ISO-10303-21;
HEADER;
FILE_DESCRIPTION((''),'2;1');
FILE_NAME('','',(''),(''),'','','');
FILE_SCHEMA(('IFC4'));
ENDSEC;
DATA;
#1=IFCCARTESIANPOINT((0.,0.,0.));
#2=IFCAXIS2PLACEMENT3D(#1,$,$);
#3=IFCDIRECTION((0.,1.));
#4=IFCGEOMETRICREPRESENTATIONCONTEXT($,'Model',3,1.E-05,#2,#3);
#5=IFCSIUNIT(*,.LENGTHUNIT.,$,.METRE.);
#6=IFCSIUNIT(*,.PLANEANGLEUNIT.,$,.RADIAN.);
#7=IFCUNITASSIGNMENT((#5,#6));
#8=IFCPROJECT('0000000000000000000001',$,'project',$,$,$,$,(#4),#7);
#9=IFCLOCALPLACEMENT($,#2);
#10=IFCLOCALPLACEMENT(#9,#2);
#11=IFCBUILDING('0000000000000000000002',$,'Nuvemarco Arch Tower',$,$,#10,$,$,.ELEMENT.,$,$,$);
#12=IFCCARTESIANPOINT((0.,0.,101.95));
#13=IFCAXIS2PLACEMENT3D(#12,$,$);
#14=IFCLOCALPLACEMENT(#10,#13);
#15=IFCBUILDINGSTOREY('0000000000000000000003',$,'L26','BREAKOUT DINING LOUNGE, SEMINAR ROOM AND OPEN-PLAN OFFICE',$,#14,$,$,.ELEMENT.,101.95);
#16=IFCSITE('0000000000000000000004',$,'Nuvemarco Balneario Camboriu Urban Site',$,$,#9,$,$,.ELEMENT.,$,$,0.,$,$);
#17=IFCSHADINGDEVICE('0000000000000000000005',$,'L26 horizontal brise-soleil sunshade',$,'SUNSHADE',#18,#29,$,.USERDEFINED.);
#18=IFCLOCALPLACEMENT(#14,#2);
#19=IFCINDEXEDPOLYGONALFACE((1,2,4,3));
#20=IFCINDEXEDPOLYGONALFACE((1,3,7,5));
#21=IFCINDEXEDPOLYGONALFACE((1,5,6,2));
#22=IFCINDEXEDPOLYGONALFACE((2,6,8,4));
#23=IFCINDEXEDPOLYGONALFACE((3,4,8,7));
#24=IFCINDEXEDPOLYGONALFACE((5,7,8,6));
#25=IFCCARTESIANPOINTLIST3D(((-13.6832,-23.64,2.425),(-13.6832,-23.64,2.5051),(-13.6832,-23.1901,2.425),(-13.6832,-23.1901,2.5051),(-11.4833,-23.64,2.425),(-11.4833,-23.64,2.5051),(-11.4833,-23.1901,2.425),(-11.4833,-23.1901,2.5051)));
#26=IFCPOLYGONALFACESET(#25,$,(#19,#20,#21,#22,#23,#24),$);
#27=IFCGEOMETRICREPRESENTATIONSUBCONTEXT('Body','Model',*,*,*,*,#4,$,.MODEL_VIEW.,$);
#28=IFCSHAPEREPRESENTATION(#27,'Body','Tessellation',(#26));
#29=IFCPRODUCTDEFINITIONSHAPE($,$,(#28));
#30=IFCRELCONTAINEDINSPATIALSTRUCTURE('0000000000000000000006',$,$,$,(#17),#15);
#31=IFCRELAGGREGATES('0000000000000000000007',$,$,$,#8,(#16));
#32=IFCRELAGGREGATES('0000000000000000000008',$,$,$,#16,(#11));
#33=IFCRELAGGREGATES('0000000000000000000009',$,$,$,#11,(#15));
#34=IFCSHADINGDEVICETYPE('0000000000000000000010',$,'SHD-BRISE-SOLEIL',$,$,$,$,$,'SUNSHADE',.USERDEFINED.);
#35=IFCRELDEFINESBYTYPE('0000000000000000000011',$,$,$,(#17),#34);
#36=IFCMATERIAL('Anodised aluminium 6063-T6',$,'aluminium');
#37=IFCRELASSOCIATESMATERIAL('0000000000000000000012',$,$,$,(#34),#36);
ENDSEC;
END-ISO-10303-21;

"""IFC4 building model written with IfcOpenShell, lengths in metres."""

from ifc_helpers import new_model, si_unit, direction, frame, origin, origin_2d, place, context, subcontext, project, spatial, rectangle, extrude, source, transform, mapped, material, type_object, type_shapes, element, save


model = new_model("IFC4")

# Units and contexts
model_context = context("Model", 3, precision=1e-05, world=origin(), true_north=direction((0.0, 1.0)))
body_context = subcontext(model_context, "Body", "Model", "MODEL_VIEW")
ifc_project = project(units=[si_unit("LENGTHUNIT", "METRE"), si_unit("PLANEANGLEUNIT", "RADIAN")], contexts=[model_context])

# Site, building, storey
site_placement = place(None, origin())
site = spatial("IfcSite", under=ifc_project, at=site_placement, Name="Nuvemarco Balneario Camboriu Urban Site", CompositionType="ELEMENT", RefElevation=0.0)
building_placement = place(site_placement, origin())
building = spatial("IfcBuilding", under=site, at=building_placement, Name="Nuvemarco Arch Tower", CompositionType="ELEMENT")
storey_placement = place(building_placement, frame((0.0, 0.0, 101.95)))
storey = spatial("IfcBuildingStorey", under=building, at=storey_placement, Name="L26", Description="BREAKOUT DINING LOUNGE, SEMINAR ROOM AND OPEN-PLAN OFFICE", CompositionType="ELEMENT", Elevation=101.95)

# Shading device
ifc_material_1 = material(Name="Anodised aluminium 6063-T6", Category="aluminium")
shading_device_type = type_object("IfcShadingDeviceType", Name="SHD-BRISE-SOLEIL", ElementType="SUNSHADE", PredefinedType="USERDEFINED", material=ifc_material_1)
shared_shape_1 = source(origin(), body_context, "Body", "SweptSolid", [
    extrude(rectangle(XDim=2.2, YDim=0.45, at=origin_2d()), origin(), (0.0, 0.0, 1.0), 0.0801),
])
type_shapes(shading_device_type, [shared_shape_1])
shading_device_placement = place(storey_placement, frame((-12.5833, -23.415, 2.425), z_axis=(0.0, 0.0, 1.0), x_axis=(1.0, 0.0, 0.0)))
element("IfcShadingDevice", 1, at=shading_device_placement, inside=storey, type_object=shading_device_type, Name="L26 horizontal brise-soleil sunshade", ObjectType="SUNSHADE", PredefinedType="USERDEFINED", context=body_context, shape_type="MappedRepresentation", body=[
    mapped(shared_shape_1, transform((0.0, 0.0, 0.0), scale=1.0)),
])

save(model, "model.ifc")
